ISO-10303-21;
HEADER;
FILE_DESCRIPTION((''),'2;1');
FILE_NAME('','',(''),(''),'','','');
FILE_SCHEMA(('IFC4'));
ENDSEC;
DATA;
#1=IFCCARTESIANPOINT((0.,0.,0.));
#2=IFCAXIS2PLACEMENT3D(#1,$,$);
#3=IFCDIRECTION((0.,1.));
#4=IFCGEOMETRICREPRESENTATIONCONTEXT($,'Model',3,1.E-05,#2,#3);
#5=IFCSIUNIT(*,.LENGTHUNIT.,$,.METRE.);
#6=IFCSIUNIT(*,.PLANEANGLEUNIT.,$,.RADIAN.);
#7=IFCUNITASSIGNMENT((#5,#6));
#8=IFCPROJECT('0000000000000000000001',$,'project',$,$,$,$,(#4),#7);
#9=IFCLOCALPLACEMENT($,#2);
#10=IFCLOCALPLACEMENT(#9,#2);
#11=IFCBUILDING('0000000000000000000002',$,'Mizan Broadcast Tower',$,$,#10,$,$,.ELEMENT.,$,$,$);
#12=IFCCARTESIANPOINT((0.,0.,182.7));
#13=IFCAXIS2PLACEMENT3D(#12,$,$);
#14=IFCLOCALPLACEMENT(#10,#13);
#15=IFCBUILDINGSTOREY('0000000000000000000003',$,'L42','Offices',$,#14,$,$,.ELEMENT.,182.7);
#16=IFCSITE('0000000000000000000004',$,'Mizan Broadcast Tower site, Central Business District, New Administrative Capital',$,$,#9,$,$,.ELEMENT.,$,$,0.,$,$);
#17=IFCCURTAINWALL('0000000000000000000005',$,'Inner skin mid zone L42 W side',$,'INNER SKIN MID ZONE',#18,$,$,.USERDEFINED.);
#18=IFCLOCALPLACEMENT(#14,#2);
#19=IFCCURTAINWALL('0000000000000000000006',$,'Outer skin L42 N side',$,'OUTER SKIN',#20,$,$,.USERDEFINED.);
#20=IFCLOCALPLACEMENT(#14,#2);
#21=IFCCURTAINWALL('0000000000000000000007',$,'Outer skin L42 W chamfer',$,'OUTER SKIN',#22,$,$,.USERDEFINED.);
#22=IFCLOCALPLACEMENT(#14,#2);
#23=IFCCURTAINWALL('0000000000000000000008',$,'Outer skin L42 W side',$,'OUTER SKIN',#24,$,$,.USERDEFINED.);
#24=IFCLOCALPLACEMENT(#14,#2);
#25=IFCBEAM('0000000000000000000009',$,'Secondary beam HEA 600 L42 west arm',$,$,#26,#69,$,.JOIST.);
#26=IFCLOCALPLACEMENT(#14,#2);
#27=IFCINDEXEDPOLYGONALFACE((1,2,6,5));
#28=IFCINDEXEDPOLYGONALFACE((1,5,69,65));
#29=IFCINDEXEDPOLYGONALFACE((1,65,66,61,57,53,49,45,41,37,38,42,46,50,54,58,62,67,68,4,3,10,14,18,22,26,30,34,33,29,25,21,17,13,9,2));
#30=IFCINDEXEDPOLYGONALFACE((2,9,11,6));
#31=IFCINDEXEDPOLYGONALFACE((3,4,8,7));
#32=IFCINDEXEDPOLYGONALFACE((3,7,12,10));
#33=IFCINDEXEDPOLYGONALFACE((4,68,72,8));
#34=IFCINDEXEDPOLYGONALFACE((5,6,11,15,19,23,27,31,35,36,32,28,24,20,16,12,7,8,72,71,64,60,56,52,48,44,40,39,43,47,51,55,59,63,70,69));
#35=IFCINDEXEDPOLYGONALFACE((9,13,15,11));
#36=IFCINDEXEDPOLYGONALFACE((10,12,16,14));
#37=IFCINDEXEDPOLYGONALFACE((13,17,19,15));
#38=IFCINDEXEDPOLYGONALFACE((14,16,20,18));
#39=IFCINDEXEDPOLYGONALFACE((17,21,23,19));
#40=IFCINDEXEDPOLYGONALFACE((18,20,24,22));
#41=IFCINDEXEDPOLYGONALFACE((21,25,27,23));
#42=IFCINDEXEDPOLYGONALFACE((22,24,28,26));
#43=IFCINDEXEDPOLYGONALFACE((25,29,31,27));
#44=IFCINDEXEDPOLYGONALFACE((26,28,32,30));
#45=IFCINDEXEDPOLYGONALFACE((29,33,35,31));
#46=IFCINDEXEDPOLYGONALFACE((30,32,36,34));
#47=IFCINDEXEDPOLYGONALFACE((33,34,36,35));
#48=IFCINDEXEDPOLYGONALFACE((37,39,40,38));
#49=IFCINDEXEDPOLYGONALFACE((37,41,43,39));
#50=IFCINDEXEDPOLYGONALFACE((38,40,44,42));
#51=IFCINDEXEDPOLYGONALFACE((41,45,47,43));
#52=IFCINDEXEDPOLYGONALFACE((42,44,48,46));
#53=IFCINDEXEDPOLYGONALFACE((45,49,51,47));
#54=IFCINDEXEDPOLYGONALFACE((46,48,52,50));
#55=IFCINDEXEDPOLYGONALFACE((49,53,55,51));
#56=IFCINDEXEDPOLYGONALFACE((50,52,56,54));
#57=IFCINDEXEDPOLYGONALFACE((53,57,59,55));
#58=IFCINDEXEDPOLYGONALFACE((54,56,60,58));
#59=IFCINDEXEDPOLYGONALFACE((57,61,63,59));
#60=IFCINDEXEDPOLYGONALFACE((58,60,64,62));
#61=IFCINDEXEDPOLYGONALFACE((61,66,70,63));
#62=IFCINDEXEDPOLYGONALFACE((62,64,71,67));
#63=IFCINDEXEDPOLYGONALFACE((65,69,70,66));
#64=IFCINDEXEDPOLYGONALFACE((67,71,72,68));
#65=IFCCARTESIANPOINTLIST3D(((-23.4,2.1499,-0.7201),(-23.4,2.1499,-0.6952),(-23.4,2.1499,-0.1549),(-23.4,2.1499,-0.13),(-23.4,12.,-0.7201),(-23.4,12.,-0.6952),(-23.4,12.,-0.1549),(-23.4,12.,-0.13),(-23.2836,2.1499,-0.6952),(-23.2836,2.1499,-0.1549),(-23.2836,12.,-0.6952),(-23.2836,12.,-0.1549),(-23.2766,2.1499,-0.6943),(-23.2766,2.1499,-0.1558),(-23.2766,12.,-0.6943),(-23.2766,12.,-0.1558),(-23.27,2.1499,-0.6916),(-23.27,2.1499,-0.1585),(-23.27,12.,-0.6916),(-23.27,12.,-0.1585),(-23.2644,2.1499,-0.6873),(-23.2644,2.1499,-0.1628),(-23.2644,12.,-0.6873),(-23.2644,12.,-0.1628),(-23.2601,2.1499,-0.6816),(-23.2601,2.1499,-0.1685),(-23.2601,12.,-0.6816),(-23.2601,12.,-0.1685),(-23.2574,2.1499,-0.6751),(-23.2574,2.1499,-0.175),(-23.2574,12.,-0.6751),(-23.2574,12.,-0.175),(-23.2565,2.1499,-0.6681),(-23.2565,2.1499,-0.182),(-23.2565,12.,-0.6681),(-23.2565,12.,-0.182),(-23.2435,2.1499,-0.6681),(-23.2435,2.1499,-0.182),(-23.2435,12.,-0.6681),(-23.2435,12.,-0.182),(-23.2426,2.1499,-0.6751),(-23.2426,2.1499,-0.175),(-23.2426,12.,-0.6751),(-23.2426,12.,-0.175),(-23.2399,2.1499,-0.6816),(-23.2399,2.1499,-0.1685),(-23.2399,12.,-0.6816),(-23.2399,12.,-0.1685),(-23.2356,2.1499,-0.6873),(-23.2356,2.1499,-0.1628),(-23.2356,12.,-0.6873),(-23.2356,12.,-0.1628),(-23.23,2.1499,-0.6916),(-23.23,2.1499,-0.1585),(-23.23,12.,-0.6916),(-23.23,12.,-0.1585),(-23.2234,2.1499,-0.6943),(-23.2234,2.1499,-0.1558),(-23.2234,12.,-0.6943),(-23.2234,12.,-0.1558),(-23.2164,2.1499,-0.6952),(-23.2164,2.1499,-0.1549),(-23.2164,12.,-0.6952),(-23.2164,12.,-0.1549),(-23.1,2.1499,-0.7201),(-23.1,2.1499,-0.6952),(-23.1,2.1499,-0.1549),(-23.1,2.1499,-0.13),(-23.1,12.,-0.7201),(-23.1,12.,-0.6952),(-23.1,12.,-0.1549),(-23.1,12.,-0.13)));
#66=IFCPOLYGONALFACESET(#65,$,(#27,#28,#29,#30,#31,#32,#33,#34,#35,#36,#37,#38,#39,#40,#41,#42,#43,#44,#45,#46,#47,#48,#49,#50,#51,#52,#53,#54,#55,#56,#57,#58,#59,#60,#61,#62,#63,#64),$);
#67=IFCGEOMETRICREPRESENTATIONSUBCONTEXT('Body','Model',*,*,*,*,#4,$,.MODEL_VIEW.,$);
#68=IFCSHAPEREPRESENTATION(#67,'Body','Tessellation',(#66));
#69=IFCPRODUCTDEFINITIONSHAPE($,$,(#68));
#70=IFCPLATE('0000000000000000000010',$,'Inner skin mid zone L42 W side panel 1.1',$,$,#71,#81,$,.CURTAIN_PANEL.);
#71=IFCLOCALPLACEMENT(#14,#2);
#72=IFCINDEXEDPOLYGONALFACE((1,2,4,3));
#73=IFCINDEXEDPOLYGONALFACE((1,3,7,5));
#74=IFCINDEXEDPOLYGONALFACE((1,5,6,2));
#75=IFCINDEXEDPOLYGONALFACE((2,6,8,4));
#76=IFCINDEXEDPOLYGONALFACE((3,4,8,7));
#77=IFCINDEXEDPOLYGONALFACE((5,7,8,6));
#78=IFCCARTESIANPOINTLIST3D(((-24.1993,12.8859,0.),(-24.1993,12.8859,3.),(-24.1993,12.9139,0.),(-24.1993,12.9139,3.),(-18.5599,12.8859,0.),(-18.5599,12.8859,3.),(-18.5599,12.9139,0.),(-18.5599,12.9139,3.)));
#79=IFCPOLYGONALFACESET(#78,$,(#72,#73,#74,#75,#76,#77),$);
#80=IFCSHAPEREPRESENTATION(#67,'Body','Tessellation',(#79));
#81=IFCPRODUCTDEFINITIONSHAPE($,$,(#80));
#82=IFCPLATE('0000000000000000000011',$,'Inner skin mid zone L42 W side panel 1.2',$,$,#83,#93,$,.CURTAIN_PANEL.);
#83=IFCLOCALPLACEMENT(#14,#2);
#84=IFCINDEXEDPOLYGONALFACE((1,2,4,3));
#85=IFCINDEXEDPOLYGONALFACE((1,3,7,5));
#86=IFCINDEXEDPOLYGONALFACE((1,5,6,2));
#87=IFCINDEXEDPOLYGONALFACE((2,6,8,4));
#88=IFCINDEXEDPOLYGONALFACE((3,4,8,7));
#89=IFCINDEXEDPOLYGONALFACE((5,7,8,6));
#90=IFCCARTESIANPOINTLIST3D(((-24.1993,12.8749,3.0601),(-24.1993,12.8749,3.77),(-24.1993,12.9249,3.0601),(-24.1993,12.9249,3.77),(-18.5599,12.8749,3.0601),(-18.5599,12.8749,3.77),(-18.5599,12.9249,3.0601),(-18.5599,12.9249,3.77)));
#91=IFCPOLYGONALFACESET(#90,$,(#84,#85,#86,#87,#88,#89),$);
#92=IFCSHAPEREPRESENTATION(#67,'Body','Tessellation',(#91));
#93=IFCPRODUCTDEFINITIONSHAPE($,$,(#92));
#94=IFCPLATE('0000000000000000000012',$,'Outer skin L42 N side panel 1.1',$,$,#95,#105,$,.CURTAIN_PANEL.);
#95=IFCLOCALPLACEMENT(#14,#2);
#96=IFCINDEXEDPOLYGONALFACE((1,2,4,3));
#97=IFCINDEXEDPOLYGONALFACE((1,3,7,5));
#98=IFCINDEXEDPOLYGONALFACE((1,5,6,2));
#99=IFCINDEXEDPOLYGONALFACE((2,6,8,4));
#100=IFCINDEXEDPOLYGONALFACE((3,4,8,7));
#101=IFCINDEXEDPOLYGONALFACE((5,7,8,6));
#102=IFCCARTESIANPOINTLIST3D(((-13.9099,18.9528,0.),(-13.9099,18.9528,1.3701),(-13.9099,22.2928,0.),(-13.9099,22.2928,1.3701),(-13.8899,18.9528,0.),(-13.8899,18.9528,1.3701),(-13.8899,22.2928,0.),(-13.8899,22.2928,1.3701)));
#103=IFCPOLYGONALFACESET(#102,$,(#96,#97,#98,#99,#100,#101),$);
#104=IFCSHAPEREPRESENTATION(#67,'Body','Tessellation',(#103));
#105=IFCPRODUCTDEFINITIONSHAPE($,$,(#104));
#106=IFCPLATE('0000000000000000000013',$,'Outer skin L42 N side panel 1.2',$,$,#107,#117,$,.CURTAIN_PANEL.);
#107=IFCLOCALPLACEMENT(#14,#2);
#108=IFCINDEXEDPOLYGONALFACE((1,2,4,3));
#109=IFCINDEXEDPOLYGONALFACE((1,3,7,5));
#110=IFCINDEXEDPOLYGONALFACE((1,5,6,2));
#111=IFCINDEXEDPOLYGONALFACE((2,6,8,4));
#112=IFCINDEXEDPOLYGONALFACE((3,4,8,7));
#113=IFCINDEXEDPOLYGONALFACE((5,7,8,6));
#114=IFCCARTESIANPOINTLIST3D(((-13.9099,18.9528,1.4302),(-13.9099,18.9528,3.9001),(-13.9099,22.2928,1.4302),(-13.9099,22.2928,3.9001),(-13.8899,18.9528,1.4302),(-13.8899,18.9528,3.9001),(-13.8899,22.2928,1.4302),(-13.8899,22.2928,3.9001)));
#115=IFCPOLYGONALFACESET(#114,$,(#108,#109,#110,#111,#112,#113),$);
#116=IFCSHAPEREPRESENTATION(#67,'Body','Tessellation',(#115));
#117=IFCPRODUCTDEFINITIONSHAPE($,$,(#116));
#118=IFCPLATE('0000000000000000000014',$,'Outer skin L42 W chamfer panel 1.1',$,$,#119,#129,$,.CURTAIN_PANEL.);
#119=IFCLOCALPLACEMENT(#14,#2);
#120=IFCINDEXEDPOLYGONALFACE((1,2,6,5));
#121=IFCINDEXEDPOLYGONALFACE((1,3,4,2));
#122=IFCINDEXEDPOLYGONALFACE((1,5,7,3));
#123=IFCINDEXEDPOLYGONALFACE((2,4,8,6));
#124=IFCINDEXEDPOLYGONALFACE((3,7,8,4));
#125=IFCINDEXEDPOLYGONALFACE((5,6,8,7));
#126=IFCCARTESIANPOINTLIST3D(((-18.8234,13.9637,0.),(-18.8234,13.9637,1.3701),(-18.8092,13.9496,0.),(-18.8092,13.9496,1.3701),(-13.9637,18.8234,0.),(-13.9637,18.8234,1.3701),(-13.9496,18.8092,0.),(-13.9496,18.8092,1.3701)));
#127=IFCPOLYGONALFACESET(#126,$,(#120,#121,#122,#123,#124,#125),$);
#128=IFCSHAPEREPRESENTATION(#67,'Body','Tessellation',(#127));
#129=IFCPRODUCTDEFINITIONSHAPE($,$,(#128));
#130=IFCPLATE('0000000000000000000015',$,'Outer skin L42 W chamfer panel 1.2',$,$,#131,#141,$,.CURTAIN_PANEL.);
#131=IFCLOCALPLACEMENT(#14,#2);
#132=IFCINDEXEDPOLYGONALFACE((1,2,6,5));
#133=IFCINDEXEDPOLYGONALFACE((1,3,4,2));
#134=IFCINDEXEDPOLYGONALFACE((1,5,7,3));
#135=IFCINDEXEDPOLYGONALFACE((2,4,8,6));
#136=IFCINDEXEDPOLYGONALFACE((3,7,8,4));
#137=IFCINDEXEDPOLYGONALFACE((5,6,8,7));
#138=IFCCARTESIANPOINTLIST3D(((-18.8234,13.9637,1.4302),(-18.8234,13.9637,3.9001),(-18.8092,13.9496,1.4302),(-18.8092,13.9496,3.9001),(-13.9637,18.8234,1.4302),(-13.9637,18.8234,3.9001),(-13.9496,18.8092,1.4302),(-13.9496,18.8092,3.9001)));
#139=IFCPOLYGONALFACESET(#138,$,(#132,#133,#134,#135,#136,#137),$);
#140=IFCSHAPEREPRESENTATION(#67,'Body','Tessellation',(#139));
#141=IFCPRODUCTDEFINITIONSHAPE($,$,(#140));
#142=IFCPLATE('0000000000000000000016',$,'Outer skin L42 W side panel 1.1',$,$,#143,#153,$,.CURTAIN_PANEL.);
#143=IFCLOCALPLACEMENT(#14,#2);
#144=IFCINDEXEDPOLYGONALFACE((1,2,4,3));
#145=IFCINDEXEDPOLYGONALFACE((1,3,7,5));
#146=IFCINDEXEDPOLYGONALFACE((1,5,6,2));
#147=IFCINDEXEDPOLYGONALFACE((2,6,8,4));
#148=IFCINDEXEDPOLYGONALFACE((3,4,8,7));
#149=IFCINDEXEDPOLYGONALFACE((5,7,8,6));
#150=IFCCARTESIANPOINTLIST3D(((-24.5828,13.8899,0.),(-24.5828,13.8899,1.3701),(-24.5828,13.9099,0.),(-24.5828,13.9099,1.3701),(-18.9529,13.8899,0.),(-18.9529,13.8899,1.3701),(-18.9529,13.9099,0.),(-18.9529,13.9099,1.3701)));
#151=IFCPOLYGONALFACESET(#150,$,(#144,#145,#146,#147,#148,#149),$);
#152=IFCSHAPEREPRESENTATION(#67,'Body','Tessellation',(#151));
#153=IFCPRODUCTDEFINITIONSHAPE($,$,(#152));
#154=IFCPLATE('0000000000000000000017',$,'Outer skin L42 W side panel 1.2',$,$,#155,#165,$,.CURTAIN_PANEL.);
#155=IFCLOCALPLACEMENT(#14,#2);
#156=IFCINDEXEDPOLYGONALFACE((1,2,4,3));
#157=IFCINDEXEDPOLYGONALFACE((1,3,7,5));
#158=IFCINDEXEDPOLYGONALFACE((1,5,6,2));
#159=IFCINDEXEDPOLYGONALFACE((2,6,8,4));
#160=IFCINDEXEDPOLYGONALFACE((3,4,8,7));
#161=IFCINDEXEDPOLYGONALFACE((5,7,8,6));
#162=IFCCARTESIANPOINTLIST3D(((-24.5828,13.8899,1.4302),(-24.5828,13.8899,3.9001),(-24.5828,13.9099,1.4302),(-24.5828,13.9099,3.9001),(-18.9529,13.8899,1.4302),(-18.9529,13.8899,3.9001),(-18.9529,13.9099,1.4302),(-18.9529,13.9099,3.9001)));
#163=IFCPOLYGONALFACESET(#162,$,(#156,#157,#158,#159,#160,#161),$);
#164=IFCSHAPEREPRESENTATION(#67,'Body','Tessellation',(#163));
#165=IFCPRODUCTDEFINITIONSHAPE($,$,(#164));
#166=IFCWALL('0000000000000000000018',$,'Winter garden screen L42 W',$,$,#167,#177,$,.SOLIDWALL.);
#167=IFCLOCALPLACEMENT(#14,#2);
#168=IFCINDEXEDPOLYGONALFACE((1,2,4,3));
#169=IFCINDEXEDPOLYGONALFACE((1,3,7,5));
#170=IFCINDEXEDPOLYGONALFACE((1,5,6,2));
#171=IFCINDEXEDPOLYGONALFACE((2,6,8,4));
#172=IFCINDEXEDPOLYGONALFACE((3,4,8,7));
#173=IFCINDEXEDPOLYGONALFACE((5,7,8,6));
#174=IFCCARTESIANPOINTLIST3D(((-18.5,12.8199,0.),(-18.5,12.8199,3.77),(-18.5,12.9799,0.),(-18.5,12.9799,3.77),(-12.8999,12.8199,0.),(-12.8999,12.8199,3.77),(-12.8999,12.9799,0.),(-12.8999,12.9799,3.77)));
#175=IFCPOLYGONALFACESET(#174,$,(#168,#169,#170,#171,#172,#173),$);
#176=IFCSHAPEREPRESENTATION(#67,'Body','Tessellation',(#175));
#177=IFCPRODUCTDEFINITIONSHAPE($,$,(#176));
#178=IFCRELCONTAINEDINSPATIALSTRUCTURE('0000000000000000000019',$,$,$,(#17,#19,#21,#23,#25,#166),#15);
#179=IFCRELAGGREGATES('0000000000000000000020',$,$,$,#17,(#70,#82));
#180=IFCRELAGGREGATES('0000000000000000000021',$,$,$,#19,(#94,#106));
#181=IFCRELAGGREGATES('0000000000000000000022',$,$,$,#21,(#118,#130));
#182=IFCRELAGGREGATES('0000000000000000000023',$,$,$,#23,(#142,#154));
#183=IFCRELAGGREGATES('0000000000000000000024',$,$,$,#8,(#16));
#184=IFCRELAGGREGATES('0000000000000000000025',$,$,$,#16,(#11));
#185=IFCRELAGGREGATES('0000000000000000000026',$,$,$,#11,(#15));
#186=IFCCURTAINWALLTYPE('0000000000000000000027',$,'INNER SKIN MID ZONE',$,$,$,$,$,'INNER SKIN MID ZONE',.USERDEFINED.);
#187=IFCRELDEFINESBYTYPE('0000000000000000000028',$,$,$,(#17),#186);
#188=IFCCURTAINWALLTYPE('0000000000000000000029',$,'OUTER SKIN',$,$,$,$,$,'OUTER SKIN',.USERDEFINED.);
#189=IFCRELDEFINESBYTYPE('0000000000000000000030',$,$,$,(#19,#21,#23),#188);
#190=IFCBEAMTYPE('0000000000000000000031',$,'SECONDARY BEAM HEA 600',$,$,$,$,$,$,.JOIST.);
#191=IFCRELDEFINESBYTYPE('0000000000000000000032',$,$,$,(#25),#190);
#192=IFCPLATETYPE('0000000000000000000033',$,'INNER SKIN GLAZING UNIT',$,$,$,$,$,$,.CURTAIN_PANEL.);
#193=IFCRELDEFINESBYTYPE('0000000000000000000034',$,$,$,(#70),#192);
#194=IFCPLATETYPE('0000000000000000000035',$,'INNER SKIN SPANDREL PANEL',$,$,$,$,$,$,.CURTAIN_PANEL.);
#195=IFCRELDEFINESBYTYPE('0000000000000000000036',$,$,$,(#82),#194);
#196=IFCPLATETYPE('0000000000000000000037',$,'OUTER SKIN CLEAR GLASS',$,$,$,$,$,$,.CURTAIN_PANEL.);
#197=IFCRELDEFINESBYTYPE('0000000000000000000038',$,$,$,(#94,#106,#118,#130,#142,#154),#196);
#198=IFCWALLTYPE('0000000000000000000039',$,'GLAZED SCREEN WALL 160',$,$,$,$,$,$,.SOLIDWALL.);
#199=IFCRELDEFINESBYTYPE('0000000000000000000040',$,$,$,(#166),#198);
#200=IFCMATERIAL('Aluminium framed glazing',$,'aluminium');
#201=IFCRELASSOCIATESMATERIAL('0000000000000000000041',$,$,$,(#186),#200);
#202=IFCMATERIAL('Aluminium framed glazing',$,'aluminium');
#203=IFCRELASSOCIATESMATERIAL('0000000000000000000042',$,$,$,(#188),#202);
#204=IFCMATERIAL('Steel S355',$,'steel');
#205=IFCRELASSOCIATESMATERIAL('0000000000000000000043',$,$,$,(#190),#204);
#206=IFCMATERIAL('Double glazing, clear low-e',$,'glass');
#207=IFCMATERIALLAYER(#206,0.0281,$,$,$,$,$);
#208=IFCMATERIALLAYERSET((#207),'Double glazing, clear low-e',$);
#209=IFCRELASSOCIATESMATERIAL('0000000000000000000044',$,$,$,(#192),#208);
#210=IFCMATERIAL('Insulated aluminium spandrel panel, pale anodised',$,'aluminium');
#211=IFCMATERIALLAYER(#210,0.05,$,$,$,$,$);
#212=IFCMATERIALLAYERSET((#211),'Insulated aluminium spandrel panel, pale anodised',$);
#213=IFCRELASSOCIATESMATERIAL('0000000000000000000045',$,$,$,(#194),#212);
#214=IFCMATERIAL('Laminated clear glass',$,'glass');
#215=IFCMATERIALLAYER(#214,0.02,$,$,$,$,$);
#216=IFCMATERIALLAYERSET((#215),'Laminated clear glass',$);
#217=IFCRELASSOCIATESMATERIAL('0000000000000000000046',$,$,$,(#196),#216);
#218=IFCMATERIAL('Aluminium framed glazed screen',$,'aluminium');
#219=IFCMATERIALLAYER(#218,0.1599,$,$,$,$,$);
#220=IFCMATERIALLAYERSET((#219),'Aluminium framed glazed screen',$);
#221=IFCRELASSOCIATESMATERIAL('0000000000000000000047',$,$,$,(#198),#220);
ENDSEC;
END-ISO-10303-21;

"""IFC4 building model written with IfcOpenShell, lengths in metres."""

from ifc_helpers import new_model, si_unit, direction, frame, frame_2d, origin, origin_2d, place, context, subcontext, project, spatial, rectangle, i_section, extrude, material, layer, layer_set, material_profile, profile_set, type_object, element, aggregate, save


model = new_model("IFC4")

# Units and contexts
model_context = context("Model", 3, precision=1e-05, world=origin(), true_north=direction((0.0, 1.0)))
body_context = subcontext(model_context, "Body", "Model", "MODEL_VIEW")
ifc_project = project(units=[si_unit("LENGTHUNIT", "METRE"), si_unit("PLANEANGLEUNIT", "RADIAN")], contexts=[model_context])

# Site, building, storey
site_placement = place(None, origin())
site = spatial("IfcSite", under=ifc_project, at=site_placement, Name="Mizan Broadcast Tower site, Central Business District, New Administrative Capital", CompositionType="ELEMENT", RefElevation=0.0)
building_placement = place(site_placement, origin())
building = spatial("IfcBuilding", under=site, at=building_placement, Name="Mizan Broadcast Tower", CompositionType="ELEMENT")
storey_placement = place(building_placement, frame((0.0, 0.0, 182.7)))
storey = spatial("IfcBuildingStorey", under=building, at=storey_placement, Name="L42", Description="Offices", CompositionType="ELEMENT", Elevation=182.7)

# Curtain wall
ifc_material_1 = material(Name="Aluminium framed glazing", Category="aluminium")
curtain_wall_type_1 = type_object("IfcCurtainWallType", Name="INNER SKIN MID ZONE", ElementType="INNER SKIN MID ZONE", PredefinedType="USERDEFINED", material=ifc_material_1)
curtain_wall_1_placement = place(storey_placement, origin())
curtain_wall_1 = element("IfcCurtainWall", 1, at=curtain_wall_1_placement, inside=storey, type_object=curtain_wall_type_1, Name="Inner skin mid zone L42 W side", ObjectType="INNER SKIN MID ZONE", PredefinedType="USERDEFINED")

# Curtain walls
ifc_material_2 = material(Name="Aluminium framed glazing", Category="aluminium")
curtain_wall_type_2 = type_object("IfcCurtainWallType", Name="OUTER SKIN", ElementType="OUTER SKIN", PredefinedType="USERDEFINED", material=ifc_material_2)
curtain_wall_2_placement = place(storey_placement, origin())
curtain_wall_2 = element("IfcCurtainWall", 2, at=curtain_wall_2_placement, inside=storey, type_object=curtain_wall_type_2, Name="Outer skin L42 N side", ObjectType="OUTER SKIN", PredefinedType="USERDEFINED")
curtain_wall_3_placement = place(storey_placement, origin())
curtain_wall_3 = element("IfcCurtainWall", 3, at=curtain_wall_3_placement, inside=storey, type_object=curtain_wall_type_2, Name="Outer skin L42 W chamfer", ObjectType="OUTER SKIN", PredefinedType="USERDEFINED")
curtain_wall_4_placement = place(storey_placement, origin())
curtain_wall_4 = element("IfcCurtainWall", 4, at=curtain_wall_4_placement, inside=storey, type_object=curtain_wall_type_2, Name="Outer skin L42 W side", ObjectType="OUTER SKIN", PredefinedType="USERDEFINED")

# Beam
ifc_material_3 = material(Name="Steel S355", Category="steel")
ifc_material_profile_1 = material_profile(ifc_material_3, i_section(OverallWidth=0.3, OverallDepth=0.5901, WebThickness=0.0129, FlangeThickness=0.0249, FilletRadius=0.0271, at=origin_2d()), Name="HEA 600")
ifc_profile_set_1 = profile_set([ifc_material_profile_1], Name="Steel S355")
beam_type_1 = type_object("IfcBeamType", Name="SECONDARY BEAM HEA 600", PredefinedType="JOIST", material=ifc_profile_set_1)
for number, where, z_axis, x_axis, name in (
    (5, (-23.25, 12.0, -0.425), (0.0, -1.0, 0.0), (1.0, 0.0, 0.0), "Secondary beam HEA 600 L42 west arm"),
):
    element("IfcBeam", number, at=place(storey_placement, frame(where, z_axis=z_axis, x_axis=x_axis)), inside=storey, type_object=beam_type_1, Name=name, PredefinedType="JOIST", context=body_context, shape_type="SweptSolid", body=[
        extrude(i_section(OverallWidth=0.3, OverallDepth=0.5901, WebThickness=0.0129, FlangeThickness=0.0249, FilletRadius=0.0271, at=origin_2d()), origin(), (0.0, 0.0, 1.0), 9.8501),
    ])

# Plates
ifc_material_4 = material(Name="Double glazing, clear low-e", Category="glass")
ifc_layer_1 = layer(ifc_material_4, 0.0281)
ifc_layer_set_1 = layer_set([ifc_layer_1], Name="Double glazing, clear low-e")
plate_type_1 = type_object("IfcPlateType", Name="INNER SKIN GLAZING UNIT", PredefinedType="CURTAIN_PANEL", material=ifc_layer_set_1)
plate_1_placement = place(storey_placement, frame((-21.3796, 12.8999, 0.0), z_axis=(0.0, 0.0, 1.0), x_axis=(-1.0, 0.0, 0.0)))
plate_1 = element("IfcPlate", 6, at=plate_1_placement, type_object=plate_type_1, Name="Inner skin mid zone L42 W side panel 1.1", PredefinedType="CURTAIN_PANEL", context=body_context, shape_type="SweptSolid", body=[
    extrude(rectangle(XDim=5.6394, YDim=0.0281, at=origin_2d()), origin(), (0.0, 0.0, 1.0), 3.0),
])
ifc_material_5 = material(Name="Insulated aluminium spandrel panel, pale anodised", Category="aluminium")
ifc_layer_2 = layer(ifc_material_5, 0.05)
ifc_layer_set_2 = layer_set([ifc_layer_2], Name="Insulated aluminium spandrel panel, pale anodised")
plate_type_2 = type_object("IfcPlateType", Name="INNER SKIN SPANDREL PANEL", PredefinedType="CURTAIN_PANEL", material=ifc_layer_set_2)
plate_2_placement = place(storey_placement, frame((-21.3796, 12.8999, 3.0601), z_axis=(0.0, 0.0, 1.0), x_axis=(-1.0, 0.0, 0.0)))
plate_2 = element("IfcPlate", 7, at=plate_2_placement, type_object=plate_type_2, Name="Inner skin mid zone L42 W side panel 1.2", PredefinedType="CURTAIN_PANEL", context=body_context, shape_type="SweptSolid", body=[
    extrude(rectangle(XDim=5.6394, YDim=0.05, at=origin_2d()), origin(), (0.0, 0.0, 1.0), 0.71),
])
aggregate(curtain_wall_1, [plate_1, plate_2])
ifc_material_6 = material(Name="Laminated clear glass", Category="glass")
ifc_layer_3 = layer(ifc_material_6, 0.02)
ifc_layer_set_3 = layer_set([ifc_layer_3], Name="Laminated clear glass")
plate_type_3 = type_object("IfcPlateType", Name="OUTER SKIN CLEAR GLASS", PredefinedType="CURTAIN_PANEL", material=ifc_layer_set_3)
plate_3_placement = place(storey_placement, frame((-13.8999, 20.6228, 0.0), z_axis=(0.0, 0.0, 1.0), x_axis=(0.0, -1.0, 0.0)))
plate_3 = element("IfcPlate", 8, at=plate_3_placement, type_object=plate_type_3, Name="Outer skin L42 N side panel 1.1", PredefinedType="CURTAIN_PANEL", context=body_context, shape_type="SweptSolid", body=[
    extrude(rectangle(XDim=3.3401, YDim=0.02, at=origin_2d()), origin(), (0.0, 0.0, 1.0), 1.3701),
])
plate_4_placement = place(storey_placement, frame((-13.8999, 20.6228, 1.4302), z_axis=(0.0, 0.0, 1.0), x_axis=(0.0, -1.0, 0.0)))
plate_4 = element("IfcPlate", 9, at=plate_4_placement, type_object=plate_type_3, Name="Outer skin L42 N side panel 1.2", PredefinedType="CURTAIN_PANEL", context=body_context, shape_type="SweptSolid", body=[
    extrude(rectangle(XDim=3.3401, YDim=0.02, at=origin_2d()), origin(), (0.0, 0.0, 1.0), 2.47),
])
aggregate(curtain_wall_2, [plate_3, plate_4])
plate_5_placement = place(storey_placement, frame((-16.3865, 16.3865, 0.0), z_axis=(0.0, 0.0, 1.0), x_axis=(-0.707107, -0.707107, 0.0)))
plate_5 = element("IfcPlate", 10, at=plate_5_placement, type_object=plate_type_3, Name="Outer skin L42 W chamfer panel 1.1", PredefinedType="CURTAIN_PANEL", context=body_context, shape_type="SweptSolid", body=[
    extrude(rectangle(XDim=6.8726, YDim=0.02, at=origin_2d()), origin(), (0.0, 0.0, 1.0), 1.3701),
])
plate_6_placement = place(storey_placement, frame((-16.3865, 16.3865, 1.4302), z_axis=(0.0, 0.0, 1.0), x_axis=(-0.707107, -0.707107, 0.0)))
plate_6 = element("IfcPlate", 11, at=plate_6_placement, type_object=plate_type_3, Name="Outer skin L42 W chamfer panel 1.2", PredefinedType="CURTAIN_PANEL", context=body_context, shape_type="SweptSolid", body=[
    extrude(rectangle(XDim=6.8726, YDim=0.02, at=origin_2d()), origin(), (0.0, 0.0, 1.0), 2.47),
])
aggregate(curtain_wall_3, [plate_5, plate_6])
plate_7_placement = place(storey_placement, frame((-21.7678, 13.8999, 0.0), z_axis=(0.0, 0.0, 1.0), x_axis=(-1.0, 0.0, 0.0)))
plate_7 = element("IfcPlate", 12, at=plate_7_placement, type_object=plate_type_3, Name="Outer skin L42 W side panel 1.1", PredefinedType="CURTAIN_PANEL", context=body_context, shape_type="SweptSolid", body=[
    extrude(rectangle(XDim=5.6299, YDim=0.02, at=origin_2d()), origin(), (0.0, 0.0, 1.0), 1.3701),
])
plate_8_placement = place(storey_placement, frame((-21.7678, 13.8999, 1.4302), z_axis=(0.0, 0.0, 1.0), x_axis=(-1.0, 0.0, 0.0)))
plate_8 = element("IfcPlate", 13, at=plate_8_placement, type_object=plate_type_3, Name="Outer skin L42 W side panel 1.2", PredefinedType="CURTAIN_PANEL", context=body_context, shape_type="SweptSolid", body=[
    extrude(rectangle(XDim=5.6299, YDim=0.02, at=origin_2d()), origin(), (0.0, 0.0, 1.0), 2.47),
])
aggregate(curtain_wall_4, [plate_7, plate_8])

# Wall
ifc_material_7 = material(Name="Aluminium framed glazed screen", Category="aluminium")
ifc_layer_4 = layer(ifc_material_7, 0.1599)
ifc_layer_set_4 = layer_set([ifc_layer_4], Name="Aluminium framed glazed screen")
wall_type_1 = type_object("IfcWallType", Name="GLAZED SCREEN WALL 160", PredefinedType="SOLIDWALL", material=ifc_layer_set_4)
wall_1_placement = place(storey_placement, frame((-12.8999, 12.8999, 0.0), z_axis=(0.0, 0.0, 1.0), x_axis=(-1.0, 0.0, 0.0)))
element("IfcWall", 14, at=wall_1_placement, inside=storey, type_object=wall_type_1, Name="Winter garden screen L42 W", PredefinedType="SOLIDWALL", context=body_context, shape_type="SweptSolid", body=[
    extrude(rectangle(XDim=5.6001, YDim=0.1599, at=frame_2d((2.8, 0.0))), origin(), (0.0, 0.0, 1.0), 3.77),
])

save(model, "model.ifc")
